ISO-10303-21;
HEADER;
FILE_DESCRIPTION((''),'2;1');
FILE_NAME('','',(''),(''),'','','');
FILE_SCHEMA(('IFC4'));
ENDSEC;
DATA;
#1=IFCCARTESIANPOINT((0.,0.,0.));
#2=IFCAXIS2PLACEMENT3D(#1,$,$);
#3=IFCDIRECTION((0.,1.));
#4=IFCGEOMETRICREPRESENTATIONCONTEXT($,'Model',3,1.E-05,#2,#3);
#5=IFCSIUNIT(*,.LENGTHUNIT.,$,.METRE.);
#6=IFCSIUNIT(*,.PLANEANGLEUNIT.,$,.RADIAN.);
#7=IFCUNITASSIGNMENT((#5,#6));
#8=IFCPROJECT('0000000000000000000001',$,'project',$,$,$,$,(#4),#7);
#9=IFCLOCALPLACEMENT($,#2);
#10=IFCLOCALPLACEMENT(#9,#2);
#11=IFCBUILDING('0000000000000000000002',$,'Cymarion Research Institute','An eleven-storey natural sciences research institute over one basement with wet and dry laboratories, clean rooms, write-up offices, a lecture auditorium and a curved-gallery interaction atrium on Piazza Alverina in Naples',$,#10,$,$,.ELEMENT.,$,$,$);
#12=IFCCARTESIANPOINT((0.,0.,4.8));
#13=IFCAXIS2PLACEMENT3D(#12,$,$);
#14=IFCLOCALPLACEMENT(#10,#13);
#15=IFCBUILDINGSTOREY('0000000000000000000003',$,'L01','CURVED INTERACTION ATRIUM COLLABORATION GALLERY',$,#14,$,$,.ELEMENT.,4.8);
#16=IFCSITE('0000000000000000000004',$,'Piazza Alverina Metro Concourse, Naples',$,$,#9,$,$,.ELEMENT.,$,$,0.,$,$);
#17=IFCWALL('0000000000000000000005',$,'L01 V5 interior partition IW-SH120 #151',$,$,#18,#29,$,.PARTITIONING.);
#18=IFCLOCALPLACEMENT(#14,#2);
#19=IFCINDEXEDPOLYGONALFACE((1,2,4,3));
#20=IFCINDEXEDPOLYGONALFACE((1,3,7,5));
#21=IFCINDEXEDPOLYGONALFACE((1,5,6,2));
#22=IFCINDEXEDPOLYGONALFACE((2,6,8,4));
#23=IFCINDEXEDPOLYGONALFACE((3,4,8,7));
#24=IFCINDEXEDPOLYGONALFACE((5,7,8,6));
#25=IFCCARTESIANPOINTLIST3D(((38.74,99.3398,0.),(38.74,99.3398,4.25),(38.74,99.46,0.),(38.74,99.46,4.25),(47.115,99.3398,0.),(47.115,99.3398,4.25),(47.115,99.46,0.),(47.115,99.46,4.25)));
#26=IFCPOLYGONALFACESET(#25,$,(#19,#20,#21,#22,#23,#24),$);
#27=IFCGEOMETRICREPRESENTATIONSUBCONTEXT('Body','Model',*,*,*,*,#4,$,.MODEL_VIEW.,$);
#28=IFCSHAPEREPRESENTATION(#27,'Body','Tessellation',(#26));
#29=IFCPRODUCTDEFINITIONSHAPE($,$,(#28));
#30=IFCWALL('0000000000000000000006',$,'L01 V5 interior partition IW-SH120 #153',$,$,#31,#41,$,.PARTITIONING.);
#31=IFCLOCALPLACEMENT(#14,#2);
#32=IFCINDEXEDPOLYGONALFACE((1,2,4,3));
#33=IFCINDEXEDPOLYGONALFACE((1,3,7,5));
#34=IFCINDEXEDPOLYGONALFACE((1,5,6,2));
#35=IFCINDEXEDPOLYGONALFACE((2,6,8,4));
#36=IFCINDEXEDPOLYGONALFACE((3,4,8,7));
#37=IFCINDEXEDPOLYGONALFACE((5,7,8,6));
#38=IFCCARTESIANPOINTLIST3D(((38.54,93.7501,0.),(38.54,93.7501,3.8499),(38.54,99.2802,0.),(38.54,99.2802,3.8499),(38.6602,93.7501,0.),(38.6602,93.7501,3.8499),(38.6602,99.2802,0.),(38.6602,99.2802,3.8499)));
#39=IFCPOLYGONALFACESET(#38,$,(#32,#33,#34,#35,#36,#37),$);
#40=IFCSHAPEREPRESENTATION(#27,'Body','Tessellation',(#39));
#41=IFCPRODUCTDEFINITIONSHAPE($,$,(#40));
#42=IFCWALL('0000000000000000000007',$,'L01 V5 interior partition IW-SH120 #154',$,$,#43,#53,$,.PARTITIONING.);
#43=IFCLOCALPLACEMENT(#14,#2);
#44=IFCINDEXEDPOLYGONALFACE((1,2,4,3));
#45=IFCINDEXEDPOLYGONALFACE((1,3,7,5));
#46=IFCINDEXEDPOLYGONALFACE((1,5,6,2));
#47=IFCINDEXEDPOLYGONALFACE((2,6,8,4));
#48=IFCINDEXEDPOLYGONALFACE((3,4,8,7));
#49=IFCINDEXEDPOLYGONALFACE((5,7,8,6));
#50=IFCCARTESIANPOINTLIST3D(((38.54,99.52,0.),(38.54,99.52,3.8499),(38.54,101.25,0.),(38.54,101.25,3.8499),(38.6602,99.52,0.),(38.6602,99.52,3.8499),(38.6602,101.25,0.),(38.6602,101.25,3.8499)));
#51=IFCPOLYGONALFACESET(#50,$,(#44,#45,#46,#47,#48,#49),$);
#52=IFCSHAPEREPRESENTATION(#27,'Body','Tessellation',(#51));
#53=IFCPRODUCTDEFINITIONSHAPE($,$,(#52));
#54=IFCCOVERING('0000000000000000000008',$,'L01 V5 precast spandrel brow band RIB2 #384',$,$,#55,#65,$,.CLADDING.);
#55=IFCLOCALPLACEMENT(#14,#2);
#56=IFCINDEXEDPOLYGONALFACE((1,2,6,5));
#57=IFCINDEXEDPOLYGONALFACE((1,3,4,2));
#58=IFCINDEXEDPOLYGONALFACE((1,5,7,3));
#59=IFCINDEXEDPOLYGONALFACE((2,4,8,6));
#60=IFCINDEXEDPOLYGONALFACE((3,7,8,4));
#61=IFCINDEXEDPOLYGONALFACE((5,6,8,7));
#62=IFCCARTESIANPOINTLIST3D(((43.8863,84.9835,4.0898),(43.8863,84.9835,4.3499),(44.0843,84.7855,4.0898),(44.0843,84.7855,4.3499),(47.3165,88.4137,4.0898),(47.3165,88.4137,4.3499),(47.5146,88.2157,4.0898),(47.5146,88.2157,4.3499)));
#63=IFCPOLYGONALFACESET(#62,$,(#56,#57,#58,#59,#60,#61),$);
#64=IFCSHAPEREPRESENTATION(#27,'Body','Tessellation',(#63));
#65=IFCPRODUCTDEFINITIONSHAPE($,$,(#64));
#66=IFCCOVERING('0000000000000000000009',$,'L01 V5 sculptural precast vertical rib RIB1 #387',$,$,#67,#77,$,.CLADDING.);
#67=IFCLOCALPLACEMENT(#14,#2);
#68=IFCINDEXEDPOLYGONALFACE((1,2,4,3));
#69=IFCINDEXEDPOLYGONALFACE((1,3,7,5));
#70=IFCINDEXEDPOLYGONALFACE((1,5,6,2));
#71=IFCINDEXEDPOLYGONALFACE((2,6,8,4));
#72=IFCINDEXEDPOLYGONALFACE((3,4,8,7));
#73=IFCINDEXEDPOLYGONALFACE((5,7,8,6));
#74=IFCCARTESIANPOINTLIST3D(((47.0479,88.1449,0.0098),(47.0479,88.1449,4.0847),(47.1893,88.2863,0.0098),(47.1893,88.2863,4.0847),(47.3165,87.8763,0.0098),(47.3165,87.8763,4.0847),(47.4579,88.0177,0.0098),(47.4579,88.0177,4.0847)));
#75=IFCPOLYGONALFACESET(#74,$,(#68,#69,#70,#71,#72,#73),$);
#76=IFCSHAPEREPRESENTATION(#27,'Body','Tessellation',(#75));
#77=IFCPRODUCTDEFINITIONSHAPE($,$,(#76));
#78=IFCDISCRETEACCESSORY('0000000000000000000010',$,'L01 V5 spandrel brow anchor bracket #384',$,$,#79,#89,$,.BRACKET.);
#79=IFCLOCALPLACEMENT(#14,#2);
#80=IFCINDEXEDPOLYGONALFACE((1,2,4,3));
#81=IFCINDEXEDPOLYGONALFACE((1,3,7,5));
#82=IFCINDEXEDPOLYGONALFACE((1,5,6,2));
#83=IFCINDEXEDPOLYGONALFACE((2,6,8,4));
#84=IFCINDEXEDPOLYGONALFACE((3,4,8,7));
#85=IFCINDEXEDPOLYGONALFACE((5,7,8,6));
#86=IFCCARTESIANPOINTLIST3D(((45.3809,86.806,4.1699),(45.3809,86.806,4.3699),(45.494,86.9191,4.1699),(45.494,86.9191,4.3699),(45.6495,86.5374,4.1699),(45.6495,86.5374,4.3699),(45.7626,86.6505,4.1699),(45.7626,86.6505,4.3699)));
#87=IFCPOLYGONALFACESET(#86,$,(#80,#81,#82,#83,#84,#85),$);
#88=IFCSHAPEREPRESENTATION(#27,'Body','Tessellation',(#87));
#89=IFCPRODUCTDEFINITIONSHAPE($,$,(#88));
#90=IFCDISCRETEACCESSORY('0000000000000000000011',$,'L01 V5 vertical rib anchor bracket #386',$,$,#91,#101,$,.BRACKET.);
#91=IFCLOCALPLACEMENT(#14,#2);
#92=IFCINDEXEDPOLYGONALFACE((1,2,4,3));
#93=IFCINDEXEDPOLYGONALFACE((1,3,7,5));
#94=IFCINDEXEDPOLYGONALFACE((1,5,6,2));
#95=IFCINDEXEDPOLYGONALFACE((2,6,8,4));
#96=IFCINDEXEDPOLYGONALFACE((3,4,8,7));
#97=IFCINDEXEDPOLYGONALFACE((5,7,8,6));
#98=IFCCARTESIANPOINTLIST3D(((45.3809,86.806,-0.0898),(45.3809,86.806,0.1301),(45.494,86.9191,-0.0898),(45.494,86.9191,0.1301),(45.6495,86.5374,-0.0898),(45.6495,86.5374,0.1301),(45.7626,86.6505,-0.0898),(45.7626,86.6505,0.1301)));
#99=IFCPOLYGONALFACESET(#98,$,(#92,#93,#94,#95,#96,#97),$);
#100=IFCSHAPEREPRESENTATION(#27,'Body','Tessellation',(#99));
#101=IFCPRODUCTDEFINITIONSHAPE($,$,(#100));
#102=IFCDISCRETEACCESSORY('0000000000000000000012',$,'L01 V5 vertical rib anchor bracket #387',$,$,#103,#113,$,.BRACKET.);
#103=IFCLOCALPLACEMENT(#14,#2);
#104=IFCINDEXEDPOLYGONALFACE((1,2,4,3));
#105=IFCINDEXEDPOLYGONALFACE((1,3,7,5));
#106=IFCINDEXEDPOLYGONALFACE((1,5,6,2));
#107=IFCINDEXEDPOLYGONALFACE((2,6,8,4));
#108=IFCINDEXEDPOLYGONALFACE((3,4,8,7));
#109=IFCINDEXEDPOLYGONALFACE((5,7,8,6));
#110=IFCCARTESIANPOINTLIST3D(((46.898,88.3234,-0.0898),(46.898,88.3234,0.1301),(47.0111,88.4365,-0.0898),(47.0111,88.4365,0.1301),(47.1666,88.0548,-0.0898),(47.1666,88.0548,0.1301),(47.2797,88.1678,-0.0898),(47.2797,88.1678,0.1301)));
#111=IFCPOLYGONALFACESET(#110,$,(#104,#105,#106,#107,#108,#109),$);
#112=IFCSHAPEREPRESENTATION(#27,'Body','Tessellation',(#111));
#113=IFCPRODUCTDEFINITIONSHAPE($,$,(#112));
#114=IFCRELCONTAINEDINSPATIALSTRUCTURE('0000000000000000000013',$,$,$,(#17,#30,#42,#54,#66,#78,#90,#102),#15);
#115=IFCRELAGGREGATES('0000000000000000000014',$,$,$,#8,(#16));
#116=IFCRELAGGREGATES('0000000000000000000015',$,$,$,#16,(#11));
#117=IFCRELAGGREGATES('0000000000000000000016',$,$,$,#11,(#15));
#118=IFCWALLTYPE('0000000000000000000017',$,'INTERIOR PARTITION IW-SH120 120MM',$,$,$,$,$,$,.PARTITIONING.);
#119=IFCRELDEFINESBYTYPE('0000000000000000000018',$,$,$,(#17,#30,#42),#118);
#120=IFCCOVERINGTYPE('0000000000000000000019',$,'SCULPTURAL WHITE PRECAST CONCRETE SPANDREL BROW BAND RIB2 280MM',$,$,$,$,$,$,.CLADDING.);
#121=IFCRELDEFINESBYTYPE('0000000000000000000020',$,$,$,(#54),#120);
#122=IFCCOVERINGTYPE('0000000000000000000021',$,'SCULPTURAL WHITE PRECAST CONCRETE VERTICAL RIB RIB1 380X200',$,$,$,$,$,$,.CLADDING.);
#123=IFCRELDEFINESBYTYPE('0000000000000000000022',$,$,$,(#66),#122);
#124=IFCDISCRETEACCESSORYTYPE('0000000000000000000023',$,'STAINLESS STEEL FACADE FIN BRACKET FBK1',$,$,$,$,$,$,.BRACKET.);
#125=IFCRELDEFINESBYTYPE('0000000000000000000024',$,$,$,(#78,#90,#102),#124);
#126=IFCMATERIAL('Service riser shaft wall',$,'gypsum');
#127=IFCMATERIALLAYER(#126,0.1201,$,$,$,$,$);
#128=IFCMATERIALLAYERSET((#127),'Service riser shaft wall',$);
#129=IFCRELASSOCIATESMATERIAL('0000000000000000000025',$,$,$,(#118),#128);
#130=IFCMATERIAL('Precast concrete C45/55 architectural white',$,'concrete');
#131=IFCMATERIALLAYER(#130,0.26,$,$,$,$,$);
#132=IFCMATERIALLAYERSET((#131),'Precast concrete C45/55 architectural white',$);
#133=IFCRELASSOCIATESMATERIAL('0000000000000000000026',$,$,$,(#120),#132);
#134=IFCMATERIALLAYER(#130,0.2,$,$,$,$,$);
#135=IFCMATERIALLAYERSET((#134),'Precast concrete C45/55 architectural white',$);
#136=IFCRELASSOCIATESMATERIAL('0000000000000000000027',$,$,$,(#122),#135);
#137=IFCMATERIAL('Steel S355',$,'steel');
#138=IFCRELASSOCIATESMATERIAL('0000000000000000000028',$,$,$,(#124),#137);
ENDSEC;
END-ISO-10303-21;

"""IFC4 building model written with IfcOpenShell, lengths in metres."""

from ifc_helpers import new_model, si_unit, direction, frame, frame_2d, origin, origin_2d, place, context, subcontext, project, spatial, rectangle, extrude, material, layer, layer_set, type_object, element, save


model = new_model("IFC4")

# Units and contexts
model_context = context("Model", 3, precision=1e-05, world=origin(), true_north=direction((0.0, 1.0)))
body_context = subcontext(model_context, "Body", "Model", "MODEL_VIEW")
ifc_project = project(units=[si_unit("LENGTHUNIT", "METRE"), si_unit("PLANEANGLEUNIT", "RADIAN")], contexts=[model_context])

# Site, building, storey
site_placement = place(None, origin())
site = spatial("IfcSite", under=ifc_project, at=site_placement, Name="Piazza Alverina Metro Concourse, Naples", CompositionType="ELEMENT", RefElevation=0.0)
building_placement = place(site_placement, origin())
building = spatial("IfcBuilding", under=site, at=building_placement, Name="Cymarion Research Institute", Description="An eleven-storey natural sciences research institute over one basement with wet and dry laboratories, clean rooms, write-up offices, a lecture auditorium and a curved-gallery interaction atrium on Piazza Alverina in Naples", CompositionType="ELEMENT")
storey_placement = place(building_placement, frame((0.0, 0.0, 4.8)))
storey = spatial("IfcBuildingStorey", under=building, at=storey_placement, Name="L01", Description="CURVED INTERACTION ATRIUM COLLABORATION GALLERY", CompositionType="ELEMENT", Elevation=4.8)

# Shared definitions
ifc_material_1 = material(Name="Steel S355", Category="steel")

# Walls
ifc_material_2 = material(Name="Service riser shaft wall", Category="gypsum")
ifc_layer_1 = layer(ifc_material_2, 0.1201)
ifc_layer_set_1 = layer_set([ifc_layer_1], Name="Service riser shaft wall")
wall_type_1 = type_object("IfcWallType", Name="INTERIOR PARTITION IW-SH120 120MM", PredefinedType="PARTITIONING", material=ifc_layer_set_1)
wall_1_placement = place(storey_placement, frame((38.74, 99.3999, 0.0), z_axis=(0.0, 0.0, 1.0), x_axis=(1.0, 0.0, 0.0)))
element("IfcWall", 1, at=wall_1_placement, inside=storey, type_object=wall_type_1, Name="L01 V5 interior partition IW-SH120 #151", PredefinedType="PARTITIONING", context=body_context, shape_type="SweptSolid", body=[
    extrude(rectangle(XDim=8.375, YDim=0.1201, at=frame_2d((4.1875, 0.0))), origin(), (0.0, 0.0, 1.0), 4.25),
])
wall_2_placement = place(storey_placement, frame((38.6001, 93.75, 0.0), z_axis=(0.0, 0.0, 1.0), x_axis=(0.0, 1.0, 0.0)))
element("IfcWall", 2, at=wall_2_placement, inside=storey, type_object=wall_type_1, Name="L01 V5 interior partition IW-SH120 #153", PredefinedType="PARTITIONING", context=body_context, shape_type="SweptSolid", body=[
    extrude(rectangle(XDim=5.53, YDim=0.1201, at=frame_2d((2.7651, 0.0))), origin(), (0.0, 0.0, 1.0), 3.8499),
])
wall_3_placement = place(storey_placement, frame((38.6001, 99.52, 0.0), z_axis=(0.0, 0.0, 1.0), x_axis=(0.0, 1.0, 0.0)))
element("IfcWall", 3, at=wall_3_placement, inside=storey, type_object=wall_type_1, Name="L01 V5 interior partition IW-SH120 #154", PredefinedType="PARTITIONING", context=body_context, shape_type="SweptSolid", body=[
    extrude(rectangle(XDim=1.73, YDim=0.1201, at=frame_2d((0.865, 0.0))), origin(), (0.0, 0.0, 1.0), 3.8499),
])

# Coverings
ifc_material_3 = material(Name="Precast concrete C45/55 architectural white", Category="concrete")
ifc_layer_2 = layer(ifc_material_3, 0.26)
ifc_layer_set_2 = layer_set([ifc_layer_2], Name="Precast concrete C45/55 architectural white")
covering_type_1 = type_object("IfcCoveringType", Name="SCULPTURAL WHITE PRECAST CONCRETE SPANDREL BROW BAND RIB2 280MM", PredefinedType="CLADDING", material=ifc_layer_set_2)
covering_1_placement = place(storey_placement, frame((45.7004, 86.5996, 4.0898), z_axis=(0.0, 0.0, 1.0), x_axis=(0.707107, -0.707107, 0.0)))
element("IfcCovering", 4, at=covering_1_placement, inside=storey, type_object=covering_type_1, Name="L01 V5 precast spandrel brow band RIB2 #384", PredefinedType="CLADDING", context=body_context, shape_type="SweptSolid", body=[
    extrude(rectangle(XDim=0.28, YDim=4.8511, at=origin_2d()), origin(), (0.0, 0.0, 1.0), 0.26),
])
ifc_layer_3 = layer(ifc_material_3, 0.2)
ifc_layer_set_3 = layer_set([ifc_layer_3], Name="Precast concrete C45/55 architectural white")
covering_type_2 = type_object("IfcCoveringType", Name="SCULPTURAL WHITE PRECAST CONCRETE VERTICAL RIB RIB1 380X200", PredefinedType="CLADDING", material=ifc_layer_set_3)
covering_2_placement = place(storey_placement, frame((47.2529, 88.0813, 0.0098), z_axis=(0.0, 0.0, 1.0), x_axis=(0.707107, -0.707107, 0.0)))
element("IfcCovering", 5, at=covering_2_placement, inside=storey, type_object=covering_type_2, Name="L01 V5 sculptural precast vertical rib RIB1 #387", PredefinedType="CLADDING", context=body_context, shape_type="SweptSolid", body=[
    extrude(rectangle(XDim=0.3799, YDim=0.2, at=origin_2d()), origin(), (0.0, 0.0, 1.0), 4.075),
])

# Discrete accessories
discrete_accessory_type = type_object("IfcDiscreteAccessoryType", Name="STAINLESS STEEL FACADE FIN BRACKET FBK1", PredefinedType="BRACKET", material=ifc_material_1)
discrete_accessory_placement = place(storey_placement, frame((45.5718, 86.7283, 4.1699), z_axis=(0.0, 0.0, 1.0), x_axis=(0.707107, -0.707107, 0.0)))
element("IfcDiscreteAccessory", 6, at=discrete_accessory_placement, inside=storey, type_object=discrete_accessory_type, Name="L01 V5 spandrel brow anchor bracket #384", PredefinedType="BRACKET", context=body_context, shape_type="SweptSolid", body=[
    extrude(rectangle(XDim=0.3799, YDim=0.1599, at=origin_2d()), origin(), (0.0, 0.0, 1.0), 0.2),
])
for number, where, z_axis, x_axis, name in (
    (7, (45.5718, 86.7283, -0.0898), (0.0, 0.0, 1.0), (0.707107, -0.707107, 0.0), "L01 V5 vertical rib anchor bracket #386"),
    (8, (47.0889, 88.2456, -0.0898), (0.0, 0.0, 1.0), (0.707107, -0.707107, 0.0), "L01 V5 vertical rib anchor bracket #387"),
):
    element("IfcDiscreteAccessory", number, at=place(storey_placement, frame(where, z_axis=z_axis, x_axis=x_axis)), inside=storey, type_object=discrete_accessory_type, Name=name, PredefinedType="BRACKET", context=body_context, shape_type="SweptSolid", body=[
        extrude(rectangle(XDim=0.3799, YDim=0.1599, at=origin_2d()), origin(), (0.0, 0.0, 1.0), 0.22),
    ])

save(model, "model.ifc")
